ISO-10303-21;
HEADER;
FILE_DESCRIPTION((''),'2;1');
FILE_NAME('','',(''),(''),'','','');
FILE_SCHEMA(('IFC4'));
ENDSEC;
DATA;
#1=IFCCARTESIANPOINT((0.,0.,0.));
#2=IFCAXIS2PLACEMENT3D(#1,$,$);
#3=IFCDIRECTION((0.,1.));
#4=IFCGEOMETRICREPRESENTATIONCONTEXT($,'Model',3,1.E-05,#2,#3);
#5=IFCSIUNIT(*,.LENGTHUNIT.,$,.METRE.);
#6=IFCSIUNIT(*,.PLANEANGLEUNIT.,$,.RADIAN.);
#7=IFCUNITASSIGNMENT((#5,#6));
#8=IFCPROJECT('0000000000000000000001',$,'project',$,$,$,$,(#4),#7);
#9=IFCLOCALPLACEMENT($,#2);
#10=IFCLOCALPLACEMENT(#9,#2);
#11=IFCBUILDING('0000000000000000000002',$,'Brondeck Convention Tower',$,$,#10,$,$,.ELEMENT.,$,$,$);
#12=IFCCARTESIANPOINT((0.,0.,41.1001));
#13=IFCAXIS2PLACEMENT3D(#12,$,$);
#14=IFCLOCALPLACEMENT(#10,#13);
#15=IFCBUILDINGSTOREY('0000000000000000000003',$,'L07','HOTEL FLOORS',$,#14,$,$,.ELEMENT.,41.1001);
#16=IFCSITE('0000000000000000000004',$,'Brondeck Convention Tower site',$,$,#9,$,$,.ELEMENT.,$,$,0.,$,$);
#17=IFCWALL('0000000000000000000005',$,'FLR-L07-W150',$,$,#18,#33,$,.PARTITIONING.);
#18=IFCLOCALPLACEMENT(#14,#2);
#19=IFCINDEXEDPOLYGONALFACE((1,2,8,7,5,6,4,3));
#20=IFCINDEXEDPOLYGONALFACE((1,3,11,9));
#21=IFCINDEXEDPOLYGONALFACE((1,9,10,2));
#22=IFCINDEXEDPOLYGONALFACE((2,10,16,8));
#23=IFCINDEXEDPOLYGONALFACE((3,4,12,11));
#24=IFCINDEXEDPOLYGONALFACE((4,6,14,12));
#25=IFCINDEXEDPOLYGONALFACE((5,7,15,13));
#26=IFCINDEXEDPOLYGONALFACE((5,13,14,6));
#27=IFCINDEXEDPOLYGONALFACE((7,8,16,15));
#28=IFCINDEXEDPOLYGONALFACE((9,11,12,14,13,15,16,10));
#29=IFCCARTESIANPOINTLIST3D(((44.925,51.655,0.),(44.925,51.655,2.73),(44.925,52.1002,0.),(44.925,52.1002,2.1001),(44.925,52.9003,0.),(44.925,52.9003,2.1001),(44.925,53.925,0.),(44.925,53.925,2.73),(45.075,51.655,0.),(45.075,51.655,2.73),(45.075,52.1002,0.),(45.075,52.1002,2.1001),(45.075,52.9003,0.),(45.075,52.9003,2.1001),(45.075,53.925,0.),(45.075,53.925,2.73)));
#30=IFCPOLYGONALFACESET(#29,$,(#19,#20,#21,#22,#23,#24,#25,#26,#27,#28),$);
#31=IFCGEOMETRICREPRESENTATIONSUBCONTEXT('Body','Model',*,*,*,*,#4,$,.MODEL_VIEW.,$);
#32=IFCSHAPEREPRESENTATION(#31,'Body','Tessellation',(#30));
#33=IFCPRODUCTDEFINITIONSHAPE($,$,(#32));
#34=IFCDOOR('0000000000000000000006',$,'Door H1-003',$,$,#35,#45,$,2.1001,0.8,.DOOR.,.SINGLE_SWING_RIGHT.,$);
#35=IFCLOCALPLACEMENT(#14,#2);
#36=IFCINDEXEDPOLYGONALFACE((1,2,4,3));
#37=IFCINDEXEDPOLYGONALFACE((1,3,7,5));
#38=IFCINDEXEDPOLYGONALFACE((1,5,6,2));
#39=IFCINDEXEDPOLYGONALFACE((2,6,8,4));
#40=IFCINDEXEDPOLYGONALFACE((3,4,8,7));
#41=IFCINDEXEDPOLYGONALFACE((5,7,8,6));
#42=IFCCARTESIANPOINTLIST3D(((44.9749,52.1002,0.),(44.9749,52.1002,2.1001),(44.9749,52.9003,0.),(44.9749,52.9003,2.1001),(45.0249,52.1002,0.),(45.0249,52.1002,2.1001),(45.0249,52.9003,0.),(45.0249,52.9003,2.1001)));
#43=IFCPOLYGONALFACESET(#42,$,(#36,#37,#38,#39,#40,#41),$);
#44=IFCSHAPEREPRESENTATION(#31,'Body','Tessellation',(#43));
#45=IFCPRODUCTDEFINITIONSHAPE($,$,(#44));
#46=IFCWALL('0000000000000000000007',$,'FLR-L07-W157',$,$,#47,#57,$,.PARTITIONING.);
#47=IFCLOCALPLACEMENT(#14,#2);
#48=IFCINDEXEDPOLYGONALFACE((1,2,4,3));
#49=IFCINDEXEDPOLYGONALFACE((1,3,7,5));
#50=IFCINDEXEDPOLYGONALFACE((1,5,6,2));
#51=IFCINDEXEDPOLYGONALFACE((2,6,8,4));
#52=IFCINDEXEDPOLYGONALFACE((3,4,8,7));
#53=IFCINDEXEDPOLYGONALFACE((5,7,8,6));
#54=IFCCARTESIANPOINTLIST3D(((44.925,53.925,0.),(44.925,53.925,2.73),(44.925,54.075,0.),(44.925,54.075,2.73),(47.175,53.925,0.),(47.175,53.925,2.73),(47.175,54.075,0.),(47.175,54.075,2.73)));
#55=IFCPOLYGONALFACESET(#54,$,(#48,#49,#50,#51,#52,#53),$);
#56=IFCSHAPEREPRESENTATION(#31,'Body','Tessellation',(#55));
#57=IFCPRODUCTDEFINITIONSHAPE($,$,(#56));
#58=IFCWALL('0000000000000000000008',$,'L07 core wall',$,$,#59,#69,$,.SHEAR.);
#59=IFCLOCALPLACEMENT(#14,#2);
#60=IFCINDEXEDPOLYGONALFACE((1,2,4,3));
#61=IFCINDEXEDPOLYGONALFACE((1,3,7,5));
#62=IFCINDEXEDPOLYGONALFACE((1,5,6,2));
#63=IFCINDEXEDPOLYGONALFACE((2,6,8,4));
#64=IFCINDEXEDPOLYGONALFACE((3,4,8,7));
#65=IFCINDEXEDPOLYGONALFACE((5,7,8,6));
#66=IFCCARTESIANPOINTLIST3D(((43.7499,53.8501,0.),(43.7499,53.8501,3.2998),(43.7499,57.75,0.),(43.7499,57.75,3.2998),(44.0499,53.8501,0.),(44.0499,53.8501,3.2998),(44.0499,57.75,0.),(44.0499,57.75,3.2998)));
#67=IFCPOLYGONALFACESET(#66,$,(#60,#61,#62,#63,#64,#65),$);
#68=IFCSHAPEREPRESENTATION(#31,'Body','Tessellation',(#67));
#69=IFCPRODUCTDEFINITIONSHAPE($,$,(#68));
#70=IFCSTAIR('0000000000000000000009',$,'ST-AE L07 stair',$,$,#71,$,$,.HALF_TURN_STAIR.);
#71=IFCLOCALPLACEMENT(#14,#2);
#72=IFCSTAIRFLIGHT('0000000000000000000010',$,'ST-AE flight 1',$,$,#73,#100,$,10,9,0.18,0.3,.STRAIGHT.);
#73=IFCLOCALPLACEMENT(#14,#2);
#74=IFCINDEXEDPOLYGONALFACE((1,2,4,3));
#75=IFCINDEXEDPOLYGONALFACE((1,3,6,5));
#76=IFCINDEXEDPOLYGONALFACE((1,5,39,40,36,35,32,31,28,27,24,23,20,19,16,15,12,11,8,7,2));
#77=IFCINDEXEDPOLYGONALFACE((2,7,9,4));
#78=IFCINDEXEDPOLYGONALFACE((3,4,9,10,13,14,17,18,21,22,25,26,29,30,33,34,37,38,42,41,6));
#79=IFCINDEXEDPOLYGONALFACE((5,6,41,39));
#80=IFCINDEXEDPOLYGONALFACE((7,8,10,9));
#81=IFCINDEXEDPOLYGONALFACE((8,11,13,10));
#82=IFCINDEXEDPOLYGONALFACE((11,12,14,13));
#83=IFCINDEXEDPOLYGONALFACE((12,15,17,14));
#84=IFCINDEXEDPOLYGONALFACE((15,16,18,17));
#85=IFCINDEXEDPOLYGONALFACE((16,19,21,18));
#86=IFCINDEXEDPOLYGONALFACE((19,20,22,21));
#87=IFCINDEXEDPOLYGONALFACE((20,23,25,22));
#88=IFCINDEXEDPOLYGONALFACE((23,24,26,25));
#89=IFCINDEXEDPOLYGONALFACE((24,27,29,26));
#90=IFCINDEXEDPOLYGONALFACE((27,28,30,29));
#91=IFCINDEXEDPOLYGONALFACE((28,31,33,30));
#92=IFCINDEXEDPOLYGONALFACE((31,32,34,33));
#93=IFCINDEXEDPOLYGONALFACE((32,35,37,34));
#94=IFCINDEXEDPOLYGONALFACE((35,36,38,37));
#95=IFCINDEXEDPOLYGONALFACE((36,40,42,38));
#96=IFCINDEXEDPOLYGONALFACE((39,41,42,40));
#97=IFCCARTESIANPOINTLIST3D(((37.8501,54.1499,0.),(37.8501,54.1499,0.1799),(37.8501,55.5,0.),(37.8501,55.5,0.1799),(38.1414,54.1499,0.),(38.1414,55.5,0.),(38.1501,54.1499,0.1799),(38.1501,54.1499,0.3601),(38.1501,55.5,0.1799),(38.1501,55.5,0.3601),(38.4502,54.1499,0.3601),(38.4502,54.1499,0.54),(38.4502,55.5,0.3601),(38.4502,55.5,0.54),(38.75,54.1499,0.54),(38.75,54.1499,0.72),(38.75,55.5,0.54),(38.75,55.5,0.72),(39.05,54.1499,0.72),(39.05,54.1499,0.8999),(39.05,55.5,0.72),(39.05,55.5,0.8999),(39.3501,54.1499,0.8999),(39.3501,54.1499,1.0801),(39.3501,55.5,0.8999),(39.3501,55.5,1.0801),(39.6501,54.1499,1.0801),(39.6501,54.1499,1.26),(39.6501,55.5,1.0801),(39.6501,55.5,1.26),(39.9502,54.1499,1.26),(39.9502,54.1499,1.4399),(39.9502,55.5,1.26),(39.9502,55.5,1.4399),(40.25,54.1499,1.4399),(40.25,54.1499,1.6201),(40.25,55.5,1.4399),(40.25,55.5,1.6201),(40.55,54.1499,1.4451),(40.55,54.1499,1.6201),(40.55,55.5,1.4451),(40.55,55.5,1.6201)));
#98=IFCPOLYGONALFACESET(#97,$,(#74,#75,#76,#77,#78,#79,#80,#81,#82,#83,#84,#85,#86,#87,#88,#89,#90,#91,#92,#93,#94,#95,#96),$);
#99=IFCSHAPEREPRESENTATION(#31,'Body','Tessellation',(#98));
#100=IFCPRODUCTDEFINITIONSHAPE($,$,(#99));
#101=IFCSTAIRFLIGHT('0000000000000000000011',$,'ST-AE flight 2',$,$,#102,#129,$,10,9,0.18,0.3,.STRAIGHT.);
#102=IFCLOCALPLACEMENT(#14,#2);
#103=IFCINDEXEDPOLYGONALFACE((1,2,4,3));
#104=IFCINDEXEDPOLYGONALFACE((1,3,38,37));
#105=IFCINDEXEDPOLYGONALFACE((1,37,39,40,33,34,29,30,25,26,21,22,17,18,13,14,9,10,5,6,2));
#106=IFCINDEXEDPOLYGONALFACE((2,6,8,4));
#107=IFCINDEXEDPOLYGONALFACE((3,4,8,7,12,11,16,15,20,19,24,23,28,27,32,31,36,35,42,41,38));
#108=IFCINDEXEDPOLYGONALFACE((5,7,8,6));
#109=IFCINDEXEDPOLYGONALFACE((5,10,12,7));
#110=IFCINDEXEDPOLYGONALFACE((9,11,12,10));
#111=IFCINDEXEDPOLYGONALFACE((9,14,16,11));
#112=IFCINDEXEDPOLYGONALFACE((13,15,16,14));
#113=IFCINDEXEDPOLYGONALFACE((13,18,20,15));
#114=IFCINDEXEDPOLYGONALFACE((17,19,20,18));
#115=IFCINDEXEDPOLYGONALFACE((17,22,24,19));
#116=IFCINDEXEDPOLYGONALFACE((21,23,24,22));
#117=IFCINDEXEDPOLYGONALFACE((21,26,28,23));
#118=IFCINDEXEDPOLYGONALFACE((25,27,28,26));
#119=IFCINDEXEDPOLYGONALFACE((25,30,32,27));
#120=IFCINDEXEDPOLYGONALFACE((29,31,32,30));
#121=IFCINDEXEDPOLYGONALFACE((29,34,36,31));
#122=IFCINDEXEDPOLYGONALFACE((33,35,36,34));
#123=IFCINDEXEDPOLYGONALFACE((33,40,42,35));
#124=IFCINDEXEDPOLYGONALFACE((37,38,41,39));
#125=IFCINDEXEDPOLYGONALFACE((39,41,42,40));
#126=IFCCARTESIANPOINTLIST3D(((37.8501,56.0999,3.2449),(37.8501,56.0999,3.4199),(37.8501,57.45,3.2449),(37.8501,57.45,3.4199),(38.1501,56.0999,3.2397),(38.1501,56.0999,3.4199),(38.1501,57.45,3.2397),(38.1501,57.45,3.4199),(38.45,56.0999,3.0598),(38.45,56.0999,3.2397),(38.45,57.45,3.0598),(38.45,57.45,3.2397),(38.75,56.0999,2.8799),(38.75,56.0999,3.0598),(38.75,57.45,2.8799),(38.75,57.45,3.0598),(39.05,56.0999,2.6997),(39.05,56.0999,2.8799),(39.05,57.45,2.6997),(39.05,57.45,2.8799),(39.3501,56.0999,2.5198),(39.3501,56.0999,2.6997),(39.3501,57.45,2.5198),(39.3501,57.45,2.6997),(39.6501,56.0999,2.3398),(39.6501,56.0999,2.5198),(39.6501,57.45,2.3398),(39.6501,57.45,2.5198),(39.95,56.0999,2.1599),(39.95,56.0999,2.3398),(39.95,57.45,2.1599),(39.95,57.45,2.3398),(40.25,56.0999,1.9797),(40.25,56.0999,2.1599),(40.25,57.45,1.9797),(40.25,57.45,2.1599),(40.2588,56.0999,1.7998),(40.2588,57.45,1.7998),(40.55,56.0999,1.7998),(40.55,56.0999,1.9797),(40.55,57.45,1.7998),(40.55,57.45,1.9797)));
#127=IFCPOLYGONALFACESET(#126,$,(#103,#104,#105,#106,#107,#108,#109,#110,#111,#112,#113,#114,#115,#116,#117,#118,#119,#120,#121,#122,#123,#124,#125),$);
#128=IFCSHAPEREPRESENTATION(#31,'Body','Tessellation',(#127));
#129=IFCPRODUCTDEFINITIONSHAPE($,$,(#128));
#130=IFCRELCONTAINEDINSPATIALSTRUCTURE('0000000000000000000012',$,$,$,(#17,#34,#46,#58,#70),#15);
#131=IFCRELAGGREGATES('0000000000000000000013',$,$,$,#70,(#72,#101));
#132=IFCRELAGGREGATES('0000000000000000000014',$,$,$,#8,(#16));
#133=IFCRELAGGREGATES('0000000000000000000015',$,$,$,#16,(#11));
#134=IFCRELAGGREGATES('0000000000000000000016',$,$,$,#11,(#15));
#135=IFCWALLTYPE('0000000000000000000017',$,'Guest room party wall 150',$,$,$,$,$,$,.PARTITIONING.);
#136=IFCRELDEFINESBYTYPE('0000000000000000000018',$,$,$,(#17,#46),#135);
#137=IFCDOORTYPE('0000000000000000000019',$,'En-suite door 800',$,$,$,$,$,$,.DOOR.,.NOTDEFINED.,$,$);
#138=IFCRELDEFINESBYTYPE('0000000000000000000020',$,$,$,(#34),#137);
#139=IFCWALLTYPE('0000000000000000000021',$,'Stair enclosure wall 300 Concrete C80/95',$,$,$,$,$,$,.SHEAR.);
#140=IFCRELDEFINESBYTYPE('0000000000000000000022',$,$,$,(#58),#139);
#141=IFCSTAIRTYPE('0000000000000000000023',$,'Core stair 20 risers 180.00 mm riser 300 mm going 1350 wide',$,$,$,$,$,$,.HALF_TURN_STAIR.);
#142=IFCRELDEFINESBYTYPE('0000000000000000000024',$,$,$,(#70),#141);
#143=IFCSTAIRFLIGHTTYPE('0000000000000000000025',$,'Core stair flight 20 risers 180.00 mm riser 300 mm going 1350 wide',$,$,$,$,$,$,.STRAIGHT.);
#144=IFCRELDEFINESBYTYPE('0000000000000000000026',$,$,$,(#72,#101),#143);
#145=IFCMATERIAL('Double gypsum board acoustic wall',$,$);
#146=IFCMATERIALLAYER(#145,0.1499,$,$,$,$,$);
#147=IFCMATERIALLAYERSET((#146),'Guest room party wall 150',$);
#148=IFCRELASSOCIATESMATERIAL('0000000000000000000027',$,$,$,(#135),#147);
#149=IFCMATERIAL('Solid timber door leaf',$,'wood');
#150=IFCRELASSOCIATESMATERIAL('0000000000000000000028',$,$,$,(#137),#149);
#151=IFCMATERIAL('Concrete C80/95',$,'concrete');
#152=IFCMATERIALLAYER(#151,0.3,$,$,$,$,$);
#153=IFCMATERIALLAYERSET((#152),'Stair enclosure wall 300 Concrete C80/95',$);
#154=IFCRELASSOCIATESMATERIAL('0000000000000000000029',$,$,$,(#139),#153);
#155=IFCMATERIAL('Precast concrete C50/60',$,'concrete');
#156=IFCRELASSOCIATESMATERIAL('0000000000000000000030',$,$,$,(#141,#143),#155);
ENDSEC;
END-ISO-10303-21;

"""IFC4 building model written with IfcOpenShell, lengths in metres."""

from ifc_helpers import new_model, si_unit, direction, frame, frame_2d, origin, place, context, subcontext, project, spatial, polyline, rectangle, outline, extrude, material, layer, layer_set, type_object, element, fill, aggregate, save


model = new_model("IFC4")

# Units and contexts
model_context = context("Model", 3, precision=1e-05, world=origin(), true_north=direction((0.0, 1.0)))
body_context = subcontext(model_context, "Body", "Model", "MODEL_VIEW")
ifc_project = project(units=[si_unit("LENGTHUNIT", "METRE"), si_unit("PLANEANGLEUNIT", "RADIAN")], contexts=[model_context])

# Site, building, storey
site_placement = place(None, origin())
site = spatial("IfcSite", under=ifc_project, at=site_placement, Name="Brondeck Convention Tower site", CompositionType="ELEMENT", RefElevation=0.0)
building_placement = place(site_placement, origin())
building = spatial("IfcBuilding", under=site, at=building_placement, Name="Brondeck Convention Tower", CompositionType="ELEMENT")
storey_placement = place(building_placement, frame((0.0, 0.0, 41.1001)))
storey = spatial("IfcBuildingStorey", under=building, at=storey_placement, Name="L07", Description="HOTEL FLOORS", CompositionType="ELEMENT", Elevation=41.1001)

# Shared definitions
ifc_material_1 = material(Name="Concrete C80/95", Category="concrete")

# Shared definitions
ifc_material_2 = material(Name="Double gypsum board acoustic wall")
ifc_layer_1 = layer(ifc_material_2, 0.1499)
ifc_layer_set_1 = layer_set([ifc_layer_1], Name="Guest room party wall 150")
wall_type_1 = type_object("IfcWallType", Name="Guest room party wall 150", PredefinedType="PARTITIONING", material=ifc_layer_set_1)

# Wall, opening, door
wall_1_placement = place(storey_placement, frame((45.0, 53.925, 0.0), z_axis=(0.0, 0.0, 1.0), x_axis=(0.0, -1.0, 0.0)))
wall_1 = element("IfcWall", 1, at=wall_1_placement, inside=storey, type_object=wall_type_1, Name="FLR-L07-W150", PredefinedType="PARTITIONING", context=body_context, shape_type="SweptSolid", body=[
    extrude(rectangle(XDim=2.27, YDim=0.1499, at=frame_2d((1.135, 0.0))), origin(), (0.0, 0.0, 1.0), 2.73),
])
opening_1_placement = place(wall_1_placement, frame((1.0249, 0.0, 0.0)))
opening_1 = element("IfcOpeningElement", 2, at=opening_1_placement, cuts=wall_1, PredefinedType="OPENING", context=body_context, shape_type="SweptSolid", body=[
    extrude(rectangle(XDim=0.8, YDim=2.1001, at=frame_2d((0.3999, 1.05))), frame((0.0, 0.085, 0.0), z_axis=(0.0, -1.0, 0.0), x_axis=(1.0, 0.0, 0.0)), (0.0, 0.0, 1.0), 0.1699),
])
ifc_material_3 = material(Name="Solid timber door leaf", Category="wood")
door_type = type_object("IfcDoorType", Name="En-suite door 800", OperationType="NOTDEFINED", PredefinedType="DOOR", material=ifc_material_3)
door_placement = place(opening_1_placement, origin())
door = element("IfcDoor", 3, at=door_placement, inside=storey, type_object=door_type, Name="Door H1-003", OperationType="SINGLE_SWING_RIGHT", OverallHeight=2.1001, OverallWidth=0.8, PredefinedType="DOOR", context=body_context, shape_type="SweptSolid", body=[
    extrude(rectangle(XDim=0.8, YDim=2.1001, at=frame_2d((0.3999, 1.05))), frame((0.0, 0.0249, 0.0), z_axis=(0.0, -1.0, 0.0), x_axis=(1.0, 0.0, 0.0)), (0.0, 0.0, 1.0), 0.05),
])
fill(opening_1, door)

# Walls
wall_2_placement = place(storey_placement, frame((47.175, 54.0, 0.0), z_axis=(0.0, 0.0, 1.0), x_axis=(-1.0, 0.0, 0.0)))
element("IfcWall", 4, at=wall_2_placement, inside=storey, type_object=wall_type_1, Name="FLR-L07-W157", PredefinedType="PARTITIONING", context=body_context, shape_type="SweptSolid", body=[
    extrude(rectangle(XDim=2.25, YDim=0.1499, at=frame_2d((1.125, 0.0))), origin(), (0.0, 0.0, 1.0), 2.73),
])
ifc_layer_2 = layer(ifc_material_1, 0.3)
ifc_layer_set_2 = layer_set([ifc_layer_2], Name="Stair enclosure wall 300 Concrete C80/95")
wall_type_2 = type_object("IfcWallType", Name="Stair enclosure wall 300 Concrete C80/95", PredefinedType="SHEAR", material=ifc_layer_set_2)
wall_3_placement = place(storey_placement, frame((43.8999, 53.8501, 0.0), z_axis=(0.0, 0.0, 1.0), x_axis=(0.0, 1.0, 0.0)))
element("IfcWall", 5, at=wall_3_placement, inside=storey, type_object=wall_type_2, Name="L07 core wall", PredefinedType="SHEAR", context=body_context, shape_type="SweptSolid", body=[
    extrude(rectangle(XDim=3.8999, YDim=0.3, at=frame_2d((1.95, 0.0))), origin(), (0.0, 0.0, 1.0), 3.2998),
])

# Stair, stair flights
ifc_material_4 = material(Name="Precast concrete C50/60", Category="concrete")
stair_type = type_object("IfcStairType", Name="Core stair 20 risers 180.00 mm riser 300 mm going 1350 wide", PredefinedType="HALF_TURN_STAIR", material=ifc_material_4)
stair_placement = place(storey_placement, origin())
stair = element("IfcStair", 6, at=stair_placement, inside=storey, type_object=stair_type, Name="ST-AE L07 stair", PredefinedType="HALF_TURN_STAIR")
stair_flight_type = type_object("IfcStairFlightType", Name="Core stair flight 20 risers 180.00 mm riser 300 mm going 1350 wide", PredefinedType="STRAIGHT", material=ifc_material_4)
stair_flight_1_placement = place(storey_placement, frame((37.8501, 54.825, 0.0), z_axis=(0.0, 0.0, 1.0), x_axis=(1.0, 0.0, 0.0)))
stair_flight_1 = element("IfcStairFlight", 7, at=stair_flight_1_placement, type_object=stair_flight_type, Name="ST-AE flight 1", NumberOfRisers=10, NumberOfTreads=9, PredefinedType="STRAIGHT", RiserHeight=0.18, TreadLength=0.3, context=body_context, shape_type="SweptSolid", body=[
    extrude(outline(polyline([(0.0, 0.0), (0.0, 0.1799), (0.3, 0.1799), (0.3, 0.3601), (0.6001, 0.3601), (0.6001, 0.54), (0.8999, 0.54), (0.8999, 0.72), (1.2, 0.72), (1.2, 0.8999), (1.5, 0.8999), (1.5, 1.0801), (1.8, 1.0801), (1.8, 1.26), (2.1001, 1.26), (2.1001, 1.4399), (2.3999, 1.4399), (2.3999, 1.6201), (2.7, 1.6201), (2.7, 1.8), (2.7, 1.4451), (0.2913, 0.0), (0.0, 0.0)])), frame((0.0, 0.675, 0.0), z_axis=(0.0, -1.0, 0.0), x_axis=(1.0, 0.0, 0.0)), (0.0, 0.0, 1.0), 1.3501),
])
stair_flight_2_placement = place(storey_placement, frame((40.55, 56.7749, 1.7998), z_axis=(0.0, 0.0, 1.0), x_axis=(-1.0, 0.0, 0.0)))
stair_flight_2 = element("IfcStairFlight", 8, at=stair_flight_2_placement, type_object=stair_flight_type, Name="ST-AE flight 2", NumberOfRisers=10, NumberOfTreads=9, PredefinedType="STRAIGHT", RiserHeight=0.18, TreadLength=0.3, context=body_context, shape_type="SweptSolid", body=[
    extrude(outline(polyline([(0.0, 0.0), (0.0, 0.1799), (0.3, 0.1799), (0.3, 0.3601), (0.6001, 0.3601), (0.6001, 0.54), (0.8999, 0.54), (0.8999, 0.72), (1.2, 0.72), (1.2, 0.8999), (1.5, 0.8999), (1.5, 1.0801), (1.8, 1.0801), (1.8, 1.26), (2.1001, 1.26), (2.1001, 1.4399), (2.3999, 1.4399), (2.3999, 1.6201), (2.7, 1.6201), (2.7, 1.8), (2.7, 1.4451), (0.2913, 0.0), (0.0, 0.0)])), frame((0.0, 0.675, 0.0), z_axis=(0.0, -1.0, 0.0), x_axis=(1.0, 0.0, 0.0)), (0.0, 0.0, 1.0), 1.3501),
])
aggregate(stair, [stair_flight_1, stair_flight_2])

save(model, "model.ifc")
